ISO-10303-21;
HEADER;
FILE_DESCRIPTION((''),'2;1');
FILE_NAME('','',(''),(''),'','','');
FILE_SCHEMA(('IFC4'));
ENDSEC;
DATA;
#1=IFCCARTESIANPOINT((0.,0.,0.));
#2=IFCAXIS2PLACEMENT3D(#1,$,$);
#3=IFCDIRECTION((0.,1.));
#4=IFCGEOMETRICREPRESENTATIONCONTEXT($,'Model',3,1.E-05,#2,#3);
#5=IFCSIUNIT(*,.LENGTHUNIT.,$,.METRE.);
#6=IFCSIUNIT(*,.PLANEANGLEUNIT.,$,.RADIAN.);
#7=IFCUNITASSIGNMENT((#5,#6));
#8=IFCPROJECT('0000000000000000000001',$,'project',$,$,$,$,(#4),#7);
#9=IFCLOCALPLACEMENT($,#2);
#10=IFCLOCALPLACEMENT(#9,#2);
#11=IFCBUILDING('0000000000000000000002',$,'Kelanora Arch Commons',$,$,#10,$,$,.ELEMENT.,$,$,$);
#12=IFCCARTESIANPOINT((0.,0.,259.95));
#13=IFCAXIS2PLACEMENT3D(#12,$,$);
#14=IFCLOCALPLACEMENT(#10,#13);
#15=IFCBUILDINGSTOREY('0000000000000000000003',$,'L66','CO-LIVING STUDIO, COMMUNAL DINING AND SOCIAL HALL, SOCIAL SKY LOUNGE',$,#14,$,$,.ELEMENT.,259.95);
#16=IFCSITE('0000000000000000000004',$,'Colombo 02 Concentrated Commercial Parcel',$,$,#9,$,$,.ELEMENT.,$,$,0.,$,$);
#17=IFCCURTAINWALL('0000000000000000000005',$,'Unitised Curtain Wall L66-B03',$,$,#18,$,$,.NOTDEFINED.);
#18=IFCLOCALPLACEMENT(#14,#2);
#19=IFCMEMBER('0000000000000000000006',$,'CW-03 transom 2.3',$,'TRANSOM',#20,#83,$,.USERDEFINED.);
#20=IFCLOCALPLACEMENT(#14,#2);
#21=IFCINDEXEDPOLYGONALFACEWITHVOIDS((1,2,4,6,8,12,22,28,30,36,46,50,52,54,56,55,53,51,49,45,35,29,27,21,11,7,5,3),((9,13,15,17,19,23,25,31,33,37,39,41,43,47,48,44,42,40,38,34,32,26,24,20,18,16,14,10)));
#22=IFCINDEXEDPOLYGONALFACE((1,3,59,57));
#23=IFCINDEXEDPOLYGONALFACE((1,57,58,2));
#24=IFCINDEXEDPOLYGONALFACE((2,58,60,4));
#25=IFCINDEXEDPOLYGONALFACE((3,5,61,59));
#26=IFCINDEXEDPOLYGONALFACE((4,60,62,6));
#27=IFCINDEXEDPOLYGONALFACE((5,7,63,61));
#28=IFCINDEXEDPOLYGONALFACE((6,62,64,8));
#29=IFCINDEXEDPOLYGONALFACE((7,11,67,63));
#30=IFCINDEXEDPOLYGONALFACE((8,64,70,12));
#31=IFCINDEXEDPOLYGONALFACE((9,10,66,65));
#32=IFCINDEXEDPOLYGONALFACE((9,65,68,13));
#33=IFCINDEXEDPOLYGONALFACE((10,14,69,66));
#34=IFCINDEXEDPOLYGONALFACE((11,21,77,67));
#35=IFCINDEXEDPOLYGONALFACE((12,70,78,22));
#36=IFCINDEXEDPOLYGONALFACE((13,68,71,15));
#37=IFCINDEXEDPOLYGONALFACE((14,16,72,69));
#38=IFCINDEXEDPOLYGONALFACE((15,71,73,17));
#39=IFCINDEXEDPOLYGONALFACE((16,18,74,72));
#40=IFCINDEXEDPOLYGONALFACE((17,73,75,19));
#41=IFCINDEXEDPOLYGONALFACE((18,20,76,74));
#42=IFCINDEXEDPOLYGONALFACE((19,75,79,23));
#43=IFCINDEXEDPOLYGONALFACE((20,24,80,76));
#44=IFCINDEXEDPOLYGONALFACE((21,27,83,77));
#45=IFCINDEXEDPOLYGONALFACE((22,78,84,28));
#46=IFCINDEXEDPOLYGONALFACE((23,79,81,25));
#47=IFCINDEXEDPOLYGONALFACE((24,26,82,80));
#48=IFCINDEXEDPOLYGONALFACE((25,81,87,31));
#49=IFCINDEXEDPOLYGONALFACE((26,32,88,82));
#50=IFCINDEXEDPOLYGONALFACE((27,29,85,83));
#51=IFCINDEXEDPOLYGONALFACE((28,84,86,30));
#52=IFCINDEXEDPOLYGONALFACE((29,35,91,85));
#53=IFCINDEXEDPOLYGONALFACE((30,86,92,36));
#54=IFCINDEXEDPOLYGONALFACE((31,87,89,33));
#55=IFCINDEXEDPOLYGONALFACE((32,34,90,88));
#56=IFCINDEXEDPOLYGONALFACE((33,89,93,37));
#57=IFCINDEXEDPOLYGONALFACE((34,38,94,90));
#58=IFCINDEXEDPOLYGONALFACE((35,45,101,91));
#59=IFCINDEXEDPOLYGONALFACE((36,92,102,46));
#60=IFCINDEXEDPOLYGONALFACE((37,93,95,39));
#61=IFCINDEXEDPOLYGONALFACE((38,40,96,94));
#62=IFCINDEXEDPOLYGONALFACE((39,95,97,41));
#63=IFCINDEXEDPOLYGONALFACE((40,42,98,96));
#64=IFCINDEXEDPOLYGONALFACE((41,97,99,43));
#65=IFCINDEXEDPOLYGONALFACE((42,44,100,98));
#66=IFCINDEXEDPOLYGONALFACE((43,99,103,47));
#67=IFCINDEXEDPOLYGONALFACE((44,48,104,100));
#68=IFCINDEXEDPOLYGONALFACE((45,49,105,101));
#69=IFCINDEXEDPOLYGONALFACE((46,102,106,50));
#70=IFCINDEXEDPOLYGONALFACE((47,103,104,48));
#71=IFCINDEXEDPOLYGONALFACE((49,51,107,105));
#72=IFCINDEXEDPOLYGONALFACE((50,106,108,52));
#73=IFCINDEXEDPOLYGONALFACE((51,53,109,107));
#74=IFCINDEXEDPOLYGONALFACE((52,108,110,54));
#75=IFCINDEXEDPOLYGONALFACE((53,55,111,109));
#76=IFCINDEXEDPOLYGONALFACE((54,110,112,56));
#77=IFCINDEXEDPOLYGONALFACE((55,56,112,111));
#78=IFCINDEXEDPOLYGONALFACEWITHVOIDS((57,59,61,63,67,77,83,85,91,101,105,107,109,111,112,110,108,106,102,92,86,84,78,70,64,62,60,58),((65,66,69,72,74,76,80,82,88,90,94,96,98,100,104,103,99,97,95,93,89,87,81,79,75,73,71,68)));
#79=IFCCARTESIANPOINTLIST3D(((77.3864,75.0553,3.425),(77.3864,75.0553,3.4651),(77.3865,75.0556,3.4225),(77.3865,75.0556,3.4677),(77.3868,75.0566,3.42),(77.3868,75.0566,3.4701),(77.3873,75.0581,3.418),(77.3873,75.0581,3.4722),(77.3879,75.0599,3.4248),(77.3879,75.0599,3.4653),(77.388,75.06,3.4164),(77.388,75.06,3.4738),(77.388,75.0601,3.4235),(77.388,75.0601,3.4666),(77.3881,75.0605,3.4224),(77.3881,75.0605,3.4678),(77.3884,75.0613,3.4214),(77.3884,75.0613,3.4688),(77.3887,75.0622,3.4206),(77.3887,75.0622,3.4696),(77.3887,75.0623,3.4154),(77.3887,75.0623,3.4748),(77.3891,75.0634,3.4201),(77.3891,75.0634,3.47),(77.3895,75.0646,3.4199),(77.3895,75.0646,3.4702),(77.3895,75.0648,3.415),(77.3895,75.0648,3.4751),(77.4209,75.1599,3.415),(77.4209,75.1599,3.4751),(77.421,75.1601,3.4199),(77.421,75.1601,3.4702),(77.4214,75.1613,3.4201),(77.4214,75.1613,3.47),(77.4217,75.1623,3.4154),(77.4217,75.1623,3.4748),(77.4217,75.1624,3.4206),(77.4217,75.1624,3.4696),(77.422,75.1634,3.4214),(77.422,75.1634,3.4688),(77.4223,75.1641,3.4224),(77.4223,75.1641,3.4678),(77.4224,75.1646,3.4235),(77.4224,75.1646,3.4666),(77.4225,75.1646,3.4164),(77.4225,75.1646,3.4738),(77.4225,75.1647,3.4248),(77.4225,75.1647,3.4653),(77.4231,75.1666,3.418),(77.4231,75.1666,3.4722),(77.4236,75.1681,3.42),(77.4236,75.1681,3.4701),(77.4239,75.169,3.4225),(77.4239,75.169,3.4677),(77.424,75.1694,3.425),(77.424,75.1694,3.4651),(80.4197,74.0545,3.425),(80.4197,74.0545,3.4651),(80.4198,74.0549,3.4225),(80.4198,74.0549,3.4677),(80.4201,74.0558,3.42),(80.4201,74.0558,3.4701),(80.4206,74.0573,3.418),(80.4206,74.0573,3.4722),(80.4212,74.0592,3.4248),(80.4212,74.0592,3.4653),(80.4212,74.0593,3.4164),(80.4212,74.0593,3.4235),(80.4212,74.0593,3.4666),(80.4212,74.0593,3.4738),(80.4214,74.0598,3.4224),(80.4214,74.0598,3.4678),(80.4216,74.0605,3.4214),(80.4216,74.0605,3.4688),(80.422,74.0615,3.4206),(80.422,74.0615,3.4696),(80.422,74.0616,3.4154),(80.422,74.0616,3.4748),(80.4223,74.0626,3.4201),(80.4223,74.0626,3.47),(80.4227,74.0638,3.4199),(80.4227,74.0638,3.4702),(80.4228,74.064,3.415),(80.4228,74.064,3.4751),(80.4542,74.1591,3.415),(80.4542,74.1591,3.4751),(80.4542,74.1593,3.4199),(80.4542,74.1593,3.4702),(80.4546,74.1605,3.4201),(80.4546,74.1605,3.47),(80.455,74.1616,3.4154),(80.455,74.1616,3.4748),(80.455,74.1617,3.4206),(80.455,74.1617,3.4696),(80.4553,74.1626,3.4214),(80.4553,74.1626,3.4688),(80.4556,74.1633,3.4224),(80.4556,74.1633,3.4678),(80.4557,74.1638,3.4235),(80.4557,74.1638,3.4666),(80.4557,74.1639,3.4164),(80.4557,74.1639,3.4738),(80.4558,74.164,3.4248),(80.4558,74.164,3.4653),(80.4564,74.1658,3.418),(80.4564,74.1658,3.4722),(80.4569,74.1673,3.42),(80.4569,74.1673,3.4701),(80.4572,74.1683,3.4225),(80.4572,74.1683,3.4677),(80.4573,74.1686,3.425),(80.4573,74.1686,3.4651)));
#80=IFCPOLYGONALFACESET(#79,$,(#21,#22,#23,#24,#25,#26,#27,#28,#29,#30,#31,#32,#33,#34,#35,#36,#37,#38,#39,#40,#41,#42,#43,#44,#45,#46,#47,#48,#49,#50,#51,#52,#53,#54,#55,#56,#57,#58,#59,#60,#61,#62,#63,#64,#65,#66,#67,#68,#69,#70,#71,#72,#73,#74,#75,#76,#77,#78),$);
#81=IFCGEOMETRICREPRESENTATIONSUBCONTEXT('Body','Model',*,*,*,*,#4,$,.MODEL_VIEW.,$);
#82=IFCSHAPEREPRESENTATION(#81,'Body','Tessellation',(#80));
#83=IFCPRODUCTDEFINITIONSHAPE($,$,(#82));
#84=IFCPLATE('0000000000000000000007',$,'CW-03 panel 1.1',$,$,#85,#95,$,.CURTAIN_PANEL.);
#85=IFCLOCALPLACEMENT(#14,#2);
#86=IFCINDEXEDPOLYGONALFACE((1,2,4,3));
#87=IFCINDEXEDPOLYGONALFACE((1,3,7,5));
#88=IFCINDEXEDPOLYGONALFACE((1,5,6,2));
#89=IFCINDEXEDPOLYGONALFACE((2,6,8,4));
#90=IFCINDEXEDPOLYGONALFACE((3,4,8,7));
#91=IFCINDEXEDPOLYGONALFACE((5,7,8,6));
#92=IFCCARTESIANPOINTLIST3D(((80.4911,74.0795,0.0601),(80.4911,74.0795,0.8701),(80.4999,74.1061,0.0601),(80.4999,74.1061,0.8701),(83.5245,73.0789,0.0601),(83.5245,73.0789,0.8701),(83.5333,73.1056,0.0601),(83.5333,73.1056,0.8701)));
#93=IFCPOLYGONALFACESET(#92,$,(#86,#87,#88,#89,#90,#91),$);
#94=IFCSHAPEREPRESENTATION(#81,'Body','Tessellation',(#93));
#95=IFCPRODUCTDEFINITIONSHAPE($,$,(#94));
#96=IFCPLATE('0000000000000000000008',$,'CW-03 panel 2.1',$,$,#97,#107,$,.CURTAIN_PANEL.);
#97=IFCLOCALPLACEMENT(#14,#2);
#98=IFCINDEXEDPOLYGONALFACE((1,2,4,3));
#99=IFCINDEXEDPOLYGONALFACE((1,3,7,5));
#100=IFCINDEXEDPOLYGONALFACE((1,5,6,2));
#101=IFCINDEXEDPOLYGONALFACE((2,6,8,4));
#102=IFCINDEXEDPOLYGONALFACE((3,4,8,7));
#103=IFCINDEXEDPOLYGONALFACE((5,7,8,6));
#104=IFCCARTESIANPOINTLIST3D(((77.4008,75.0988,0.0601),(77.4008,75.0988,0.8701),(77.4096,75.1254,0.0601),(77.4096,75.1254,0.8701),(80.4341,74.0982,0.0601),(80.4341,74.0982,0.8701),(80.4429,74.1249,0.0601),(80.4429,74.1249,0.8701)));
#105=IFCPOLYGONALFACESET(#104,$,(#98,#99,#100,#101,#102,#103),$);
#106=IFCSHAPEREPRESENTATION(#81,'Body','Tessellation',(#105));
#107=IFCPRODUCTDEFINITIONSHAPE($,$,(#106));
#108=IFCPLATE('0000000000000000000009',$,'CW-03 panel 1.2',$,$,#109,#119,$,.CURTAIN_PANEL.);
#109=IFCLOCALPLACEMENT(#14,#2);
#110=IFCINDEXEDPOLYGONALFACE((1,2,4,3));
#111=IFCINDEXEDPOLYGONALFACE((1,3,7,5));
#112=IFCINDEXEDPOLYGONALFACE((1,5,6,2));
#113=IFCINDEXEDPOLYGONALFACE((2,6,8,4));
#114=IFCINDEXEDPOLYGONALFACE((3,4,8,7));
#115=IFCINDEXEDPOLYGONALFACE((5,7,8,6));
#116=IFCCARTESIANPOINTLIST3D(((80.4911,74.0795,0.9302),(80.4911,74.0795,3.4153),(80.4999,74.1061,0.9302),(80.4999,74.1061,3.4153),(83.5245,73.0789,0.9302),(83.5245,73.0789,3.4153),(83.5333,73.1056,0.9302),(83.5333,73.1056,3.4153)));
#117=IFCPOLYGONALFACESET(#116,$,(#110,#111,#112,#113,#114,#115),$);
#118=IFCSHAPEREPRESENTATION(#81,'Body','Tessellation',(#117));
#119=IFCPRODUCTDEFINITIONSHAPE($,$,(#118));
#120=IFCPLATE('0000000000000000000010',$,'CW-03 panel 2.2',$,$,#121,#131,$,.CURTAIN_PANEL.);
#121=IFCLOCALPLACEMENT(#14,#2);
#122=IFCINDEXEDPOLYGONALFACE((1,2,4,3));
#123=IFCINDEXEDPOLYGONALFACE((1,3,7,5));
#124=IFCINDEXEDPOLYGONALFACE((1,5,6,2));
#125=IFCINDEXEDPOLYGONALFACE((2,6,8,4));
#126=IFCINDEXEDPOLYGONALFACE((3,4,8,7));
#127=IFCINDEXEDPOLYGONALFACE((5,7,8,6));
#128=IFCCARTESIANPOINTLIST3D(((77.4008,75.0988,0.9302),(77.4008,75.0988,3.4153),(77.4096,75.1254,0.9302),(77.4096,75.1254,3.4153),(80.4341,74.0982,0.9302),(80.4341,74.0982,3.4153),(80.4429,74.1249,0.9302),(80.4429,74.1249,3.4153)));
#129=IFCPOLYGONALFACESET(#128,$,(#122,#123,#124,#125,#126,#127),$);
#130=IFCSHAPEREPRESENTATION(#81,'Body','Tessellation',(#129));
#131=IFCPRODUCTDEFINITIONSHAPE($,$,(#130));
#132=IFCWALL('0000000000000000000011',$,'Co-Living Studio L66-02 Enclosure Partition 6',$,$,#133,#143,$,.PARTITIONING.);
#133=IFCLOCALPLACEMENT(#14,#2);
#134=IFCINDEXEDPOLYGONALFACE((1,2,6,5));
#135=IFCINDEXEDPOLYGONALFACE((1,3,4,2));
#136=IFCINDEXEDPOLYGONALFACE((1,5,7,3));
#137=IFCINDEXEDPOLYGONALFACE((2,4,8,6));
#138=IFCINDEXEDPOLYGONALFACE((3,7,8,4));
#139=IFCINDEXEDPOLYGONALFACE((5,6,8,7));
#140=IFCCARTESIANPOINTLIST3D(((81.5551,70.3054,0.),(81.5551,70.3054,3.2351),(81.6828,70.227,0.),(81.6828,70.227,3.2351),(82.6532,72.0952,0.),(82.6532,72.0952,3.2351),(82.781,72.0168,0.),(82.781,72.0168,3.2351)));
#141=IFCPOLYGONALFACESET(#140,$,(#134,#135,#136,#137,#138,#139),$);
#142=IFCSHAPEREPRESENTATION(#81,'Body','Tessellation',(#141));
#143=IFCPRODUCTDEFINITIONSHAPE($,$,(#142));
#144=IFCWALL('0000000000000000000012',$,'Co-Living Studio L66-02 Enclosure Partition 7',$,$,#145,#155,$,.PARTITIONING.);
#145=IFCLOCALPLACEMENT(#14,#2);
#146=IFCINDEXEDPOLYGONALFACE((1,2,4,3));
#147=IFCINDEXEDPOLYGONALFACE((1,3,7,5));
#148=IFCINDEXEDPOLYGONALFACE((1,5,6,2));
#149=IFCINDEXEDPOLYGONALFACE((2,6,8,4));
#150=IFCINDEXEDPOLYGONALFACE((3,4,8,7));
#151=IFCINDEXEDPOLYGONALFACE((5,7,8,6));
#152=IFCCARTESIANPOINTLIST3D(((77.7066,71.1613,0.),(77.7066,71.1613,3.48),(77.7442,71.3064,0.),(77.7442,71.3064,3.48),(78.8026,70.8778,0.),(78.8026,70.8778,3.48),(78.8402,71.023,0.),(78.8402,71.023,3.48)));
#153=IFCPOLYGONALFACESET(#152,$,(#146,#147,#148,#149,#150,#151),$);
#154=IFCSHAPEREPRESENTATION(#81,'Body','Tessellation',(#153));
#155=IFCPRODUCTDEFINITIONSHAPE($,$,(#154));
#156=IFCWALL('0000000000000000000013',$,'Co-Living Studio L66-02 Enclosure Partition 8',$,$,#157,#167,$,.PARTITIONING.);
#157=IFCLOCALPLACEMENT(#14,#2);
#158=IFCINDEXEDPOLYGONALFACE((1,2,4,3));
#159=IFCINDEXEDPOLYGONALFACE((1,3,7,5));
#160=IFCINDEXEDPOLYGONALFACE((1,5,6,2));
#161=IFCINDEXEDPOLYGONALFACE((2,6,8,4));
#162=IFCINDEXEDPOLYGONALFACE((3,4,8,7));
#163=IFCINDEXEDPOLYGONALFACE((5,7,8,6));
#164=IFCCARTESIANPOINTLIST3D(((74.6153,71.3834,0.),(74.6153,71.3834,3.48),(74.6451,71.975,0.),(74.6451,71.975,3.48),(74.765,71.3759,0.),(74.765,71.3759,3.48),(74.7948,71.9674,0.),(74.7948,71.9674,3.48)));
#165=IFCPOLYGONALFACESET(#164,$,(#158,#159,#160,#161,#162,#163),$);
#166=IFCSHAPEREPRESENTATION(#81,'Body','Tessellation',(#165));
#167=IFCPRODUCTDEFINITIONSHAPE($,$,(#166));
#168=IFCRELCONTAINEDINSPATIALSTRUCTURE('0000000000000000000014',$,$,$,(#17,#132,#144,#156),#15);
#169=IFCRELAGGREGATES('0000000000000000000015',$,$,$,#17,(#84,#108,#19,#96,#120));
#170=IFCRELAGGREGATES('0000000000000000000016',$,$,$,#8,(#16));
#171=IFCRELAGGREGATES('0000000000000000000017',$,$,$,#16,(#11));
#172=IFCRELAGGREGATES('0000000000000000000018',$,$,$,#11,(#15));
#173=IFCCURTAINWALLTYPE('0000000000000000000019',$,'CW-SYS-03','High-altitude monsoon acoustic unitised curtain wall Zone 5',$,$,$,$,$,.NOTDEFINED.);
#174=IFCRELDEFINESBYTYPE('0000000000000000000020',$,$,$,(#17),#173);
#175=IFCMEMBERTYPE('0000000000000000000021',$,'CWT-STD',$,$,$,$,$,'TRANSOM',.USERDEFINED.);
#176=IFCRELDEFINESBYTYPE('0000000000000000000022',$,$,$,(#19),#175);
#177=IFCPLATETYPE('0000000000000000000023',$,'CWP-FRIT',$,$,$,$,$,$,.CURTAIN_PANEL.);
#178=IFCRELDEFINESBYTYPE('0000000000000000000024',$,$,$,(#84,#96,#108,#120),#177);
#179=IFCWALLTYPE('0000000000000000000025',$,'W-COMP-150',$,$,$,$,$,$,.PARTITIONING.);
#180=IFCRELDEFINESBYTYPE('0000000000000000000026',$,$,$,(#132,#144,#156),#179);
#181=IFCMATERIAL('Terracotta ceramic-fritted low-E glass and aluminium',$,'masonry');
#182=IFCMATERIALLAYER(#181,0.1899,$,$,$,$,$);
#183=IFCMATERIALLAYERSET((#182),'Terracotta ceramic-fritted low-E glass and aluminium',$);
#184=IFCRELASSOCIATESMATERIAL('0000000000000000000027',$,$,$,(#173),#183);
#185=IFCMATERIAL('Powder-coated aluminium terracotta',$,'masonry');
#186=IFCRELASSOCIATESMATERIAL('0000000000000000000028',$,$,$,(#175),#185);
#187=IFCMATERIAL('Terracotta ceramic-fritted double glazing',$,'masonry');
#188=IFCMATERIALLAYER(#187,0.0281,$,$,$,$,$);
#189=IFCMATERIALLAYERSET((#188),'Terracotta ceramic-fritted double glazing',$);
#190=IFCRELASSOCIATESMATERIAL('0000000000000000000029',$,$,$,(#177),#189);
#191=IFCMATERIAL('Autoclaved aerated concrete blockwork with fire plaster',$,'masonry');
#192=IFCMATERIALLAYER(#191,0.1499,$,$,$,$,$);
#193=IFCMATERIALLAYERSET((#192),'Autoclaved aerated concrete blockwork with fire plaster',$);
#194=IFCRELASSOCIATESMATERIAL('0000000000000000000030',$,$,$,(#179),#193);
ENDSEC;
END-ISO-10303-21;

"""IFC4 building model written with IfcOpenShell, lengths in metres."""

from ifc_helpers import new_model, si_unit, direction, frame, frame_2d, origin, origin_2d, place, context, subcontext, project, spatial, rectangle, hollow_rectangle, extrude, source, transform, mapped, material, layer, layer_set, material_profile, profile_set, type_object, element, aggregate, save


model = new_model("IFC4")

# Units and contexts
model_context = context("Model", 3, precision=1e-05, world=origin(), true_north=direction((0.0, 1.0)))
body_context = subcontext(model_context, "Body", "Model", "MODEL_VIEW")
ifc_project = project(units=[si_unit("LENGTHUNIT", "METRE"), si_unit("PLANEANGLEUNIT", "RADIAN")], contexts=[model_context])

# Site, building, storey
site_placement = place(None, origin())
site = spatial("IfcSite", under=ifc_project, at=site_placement, Name="Colombo 02 Concentrated Commercial Parcel", CompositionType="ELEMENT", RefElevation=0.0)
building_placement = place(site_placement, origin())
building = spatial("IfcBuilding", under=site, at=building_placement, Name="Kelanora Arch Commons", CompositionType="ELEMENT")
storey_placement = place(building_placement, frame((0.0, 0.0, 259.95)))
storey = spatial("IfcBuildingStorey", under=building, at=storey_placement, Name="L66", Description="CO-LIVING STUDIO, COMMUNAL DINING AND SOCIAL HALL, SOCIAL SKY LOUNGE", CompositionType="ELEMENT", Elevation=259.95)

# Curtain wall, member, plates
ifc_material_1 = material(Name="Terracotta ceramic-fritted low-E glass and aluminium", Category="masonry")
ifc_layer_1 = layer(ifc_material_1, 0.1899)
ifc_layer_set_1 = layer_set([ifc_layer_1], Name="Terracotta ceramic-fritted low-E glass and aluminium")
curtain_wall_type = type_object("IfcCurtainWallType", Name="CW-SYS-03", Description="High-altitude monsoon acoustic unitised curtain wall Zone 5", PredefinedType="NOTDEFINED", material=ifc_layer_set_1)
curtain_wall_placement = place(storey_placement, origin())
curtain_wall = element("IfcCurtainWall", 1, at=curtain_wall_placement, inside=storey, type_object=curtain_wall_type, Name="Unitised Curtain Wall L66-B03", PredefinedType="NOTDEFINED")
ifc_material_2 = material(Name="Powder-coated aluminium terracotta", Category="masonry")
ifc_material_profile_1 = material_profile(ifc_material_2, hollow_rectangle(XDim=0.1201, YDim=0.0601, WallThickness=0.0049, InnerFilletRadius=0.0049, OuterFilletRadius=0.01, at=origin_2d()), Name="CWT120x60")
ifc_profile_set_1 = profile_set([ifc_material_profile_1], Name="Powder-coated aluminium terracotta")
member_type_1 = type_object("IfcMemberType", Name="CWT-STD", ElementType="TRANSOM", PredefinedType="USERDEFINED", material=ifc_profile_set_1)
member_1_placement = place(storey_placement, frame((80.4385, 74.1116, 3.4451), z_axis=(-0.94965, 0.313314, 0.0), x_axis=(-0.313314, -0.94965, 0.0)))
member_1 = element("IfcMember", 2, at=member_1_placement, type_object=member_type_1, Name="CW-03 transom 2.3", ObjectType="TRANSOM", PredefinedType="USERDEFINED", context=body_context, shape_type="SweptSolid", body=[
    extrude(hollow_rectangle(XDim=0.1201, YDim=0.0601, WallThickness=0.0049, InnerFilletRadius=0.0049, OuterFilletRadius=0.01, at=origin_2d()), origin(), (0.0, 0.0, 1.0), 3.1941),
])
ifc_material_3 = material(Name="Terracotta ceramic-fritted double glazing", Category="masonry")
ifc_layer_2 = layer(ifc_material_3, 0.0281)
ifc_layer_set_2 = layer_set([ifc_layer_2], Name="Terracotta ceramic-fritted double glazing")
plate_type = type_object("IfcPlateType", Name="CWP-FRIT", PredefinedType="CURTAIN_PANEL", material=ifc_layer_set_2)
shared_shape_1 = source(origin(), body_context, "Body", "SweptSolid", [
    extrude(rectangle(XDim=3.1941, YDim=0.0281, at=origin_2d()), origin(), (0.0, 0.0, 1.0), 0.8101),
])
plate_1_placement = place(storey_placement, frame((82.0122, 73.5925, 0.0601), z_axis=(0.0, 0.0, 1.0), x_axis=(-0.94967, 0.313253, 0.0)))
plate_1 = element("IfcPlate", 3, at=plate_1_placement, type_object=plate_type, Name="CW-03 panel 1.1", PredefinedType="CURTAIN_PANEL", context=body_context, shape_type="MappedRepresentation", body=[
    mapped(shared_shape_1, transform((0.0, 0.0, 0.0), scale=1.0)),
])
plate_2_placement = place(storey_placement, frame((78.9219, 74.6118, 0.0601), z_axis=(0.0, 0.0, 1.0), x_axis=(-0.94967, 0.313253, 0.0)))
plate_2 = element("IfcPlate", 4, at=plate_2_placement, type_object=plate_type, Name="CW-03 panel 2.1", PredefinedType="CURTAIN_PANEL", context=body_context, shape_type="MappedRepresentation", body=[
    mapped(shared_shape_1, transform((0.0, 0.0, 0.0), scale=1.0)),
])
shared_shape_2 = source(origin(), body_context, "Body", "SweptSolid", [
    extrude(rectangle(XDim=3.1941, YDim=0.0281, at=origin_2d()), origin(), (0.0, 0.0, 1.0), 2.4851),
])
plate_3_placement = place(storey_placement, frame((82.0122, 73.5925, 0.9302), z_axis=(0.0, 0.0, 1.0), x_axis=(-0.94967, 0.313253, 0.0)))
plate_3 = element("IfcPlate", 5, at=plate_3_placement, type_object=plate_type, Name="CW-03 panel 1.2", PredefinedType="CURTAIN_PANEL", context=body_context, shape_type="MappedRepresentation", body=[
    mapped(shared_shape_2, transform((0.0, 0.0, 0.0), scale=1.0)),
])
plate_4_placement = place(storey_placement, frame((78.9219, 74.6118, 0.9302), z_axis=(0.0, 0.0, 1.0), x_axis=(-0.94967, 0.313253, 0.0)))
plate_4 = element("IfcPlate", 6, at=plate_4_placement, type_object=plate_type, Name="CW-03 panel 2.2", PredefinedType="CURTAIN_PANEL", context=body_context, shape_type="MappedRepresentation", body=[
    mapped(shared_shape_2, transform((0.0, 0.0, 0.0), scale=1.0)),
])
aggregate(curtain_wall, [plate_1, plate_3, member_1, plate_2, plate_4])

# Walls
ifc_material_4 = material(Name="Autoclaved aerated concrete blockwork with fire plaster", Category="masonry")
ifc_layer_3 = layer(ifc_material_4, 0.1499)
ifc_layer_set_3 = layer_set([ifc_layer_3], Name="Autoclaved aerated concrete blockwork with fire plaster")
wall_type_1 = type_object("IfcWallType", Name="W-COMP-150", PredefinedType="PARTITIONING", material=ifc_layer_set_3)
wall_1_placement = place(storey_placement, frame((82.717, 72.0559, 0.0), z_axis=(0.0, 0.0, 1.0), x_axis=(-0.522968, -0.852352, 0.0)))
element("IfcWall", 7, at=wall_1_placement, inside=storey, type_object=wall_type_1, Name="Co-Living Studio L66-02 Enclosure Partition 6", PredefinedType="PARTITIONING", context=body_context, shape_type="SweptSolid", body=[
    extrude(rectangle(XDim=2.0999, YDim=0.1499, at=frame_2d((1.0498, 0.0))), origin(), (0.0, 0.0, 1.0), 3.2351),
])
wall_2_placement = place(storey_placement, frame((78.8213, 70.9504, 0.0), z_axis=(0.0, 0.0, 1.0), x_axis=(-0.968144, 0.250393, 0.0)))
element("IfcWall", 8, at=wall_2_placement, inside=storey, type_object=wall_type_1, Name="Co-Living Studio L66-02 Enclosure Partition 7", PredefinedType="PARTITIONING", context=body_context, shape_type="SweptSolid", body=[
    extrude(rectangle(XDim=1.1321, YDim=0.1499, at=frame_2d((0.5659, 0.0))), origin(), (0.0, 0.0, 1.0), 3.48),
])
wall_3_placement = place(storey_placement, frame((74.72, 71.9712, 0.0), z_axis=(0.0, 0.0, 1.0), x_axis=(-0.050287, -0.998735, 0.0)))
element("IfcWall", 9, at=wall_3_placement, inside=storey, type_object=wall_type_1, Name="Co-Living Studio L66-02 Enclosure Partition 8", PredefinedType="PARTITIONING", context=body_context, shape_type="SweptSolid", body=[
    extrude(rectangle(XDim=0.5923, YDim=0.1499, at=frame_2d((0.2961, 0.0))), origin(), (0.0, 0.0, 1.0), 3.48),
])

save(model, "model.ifc")
